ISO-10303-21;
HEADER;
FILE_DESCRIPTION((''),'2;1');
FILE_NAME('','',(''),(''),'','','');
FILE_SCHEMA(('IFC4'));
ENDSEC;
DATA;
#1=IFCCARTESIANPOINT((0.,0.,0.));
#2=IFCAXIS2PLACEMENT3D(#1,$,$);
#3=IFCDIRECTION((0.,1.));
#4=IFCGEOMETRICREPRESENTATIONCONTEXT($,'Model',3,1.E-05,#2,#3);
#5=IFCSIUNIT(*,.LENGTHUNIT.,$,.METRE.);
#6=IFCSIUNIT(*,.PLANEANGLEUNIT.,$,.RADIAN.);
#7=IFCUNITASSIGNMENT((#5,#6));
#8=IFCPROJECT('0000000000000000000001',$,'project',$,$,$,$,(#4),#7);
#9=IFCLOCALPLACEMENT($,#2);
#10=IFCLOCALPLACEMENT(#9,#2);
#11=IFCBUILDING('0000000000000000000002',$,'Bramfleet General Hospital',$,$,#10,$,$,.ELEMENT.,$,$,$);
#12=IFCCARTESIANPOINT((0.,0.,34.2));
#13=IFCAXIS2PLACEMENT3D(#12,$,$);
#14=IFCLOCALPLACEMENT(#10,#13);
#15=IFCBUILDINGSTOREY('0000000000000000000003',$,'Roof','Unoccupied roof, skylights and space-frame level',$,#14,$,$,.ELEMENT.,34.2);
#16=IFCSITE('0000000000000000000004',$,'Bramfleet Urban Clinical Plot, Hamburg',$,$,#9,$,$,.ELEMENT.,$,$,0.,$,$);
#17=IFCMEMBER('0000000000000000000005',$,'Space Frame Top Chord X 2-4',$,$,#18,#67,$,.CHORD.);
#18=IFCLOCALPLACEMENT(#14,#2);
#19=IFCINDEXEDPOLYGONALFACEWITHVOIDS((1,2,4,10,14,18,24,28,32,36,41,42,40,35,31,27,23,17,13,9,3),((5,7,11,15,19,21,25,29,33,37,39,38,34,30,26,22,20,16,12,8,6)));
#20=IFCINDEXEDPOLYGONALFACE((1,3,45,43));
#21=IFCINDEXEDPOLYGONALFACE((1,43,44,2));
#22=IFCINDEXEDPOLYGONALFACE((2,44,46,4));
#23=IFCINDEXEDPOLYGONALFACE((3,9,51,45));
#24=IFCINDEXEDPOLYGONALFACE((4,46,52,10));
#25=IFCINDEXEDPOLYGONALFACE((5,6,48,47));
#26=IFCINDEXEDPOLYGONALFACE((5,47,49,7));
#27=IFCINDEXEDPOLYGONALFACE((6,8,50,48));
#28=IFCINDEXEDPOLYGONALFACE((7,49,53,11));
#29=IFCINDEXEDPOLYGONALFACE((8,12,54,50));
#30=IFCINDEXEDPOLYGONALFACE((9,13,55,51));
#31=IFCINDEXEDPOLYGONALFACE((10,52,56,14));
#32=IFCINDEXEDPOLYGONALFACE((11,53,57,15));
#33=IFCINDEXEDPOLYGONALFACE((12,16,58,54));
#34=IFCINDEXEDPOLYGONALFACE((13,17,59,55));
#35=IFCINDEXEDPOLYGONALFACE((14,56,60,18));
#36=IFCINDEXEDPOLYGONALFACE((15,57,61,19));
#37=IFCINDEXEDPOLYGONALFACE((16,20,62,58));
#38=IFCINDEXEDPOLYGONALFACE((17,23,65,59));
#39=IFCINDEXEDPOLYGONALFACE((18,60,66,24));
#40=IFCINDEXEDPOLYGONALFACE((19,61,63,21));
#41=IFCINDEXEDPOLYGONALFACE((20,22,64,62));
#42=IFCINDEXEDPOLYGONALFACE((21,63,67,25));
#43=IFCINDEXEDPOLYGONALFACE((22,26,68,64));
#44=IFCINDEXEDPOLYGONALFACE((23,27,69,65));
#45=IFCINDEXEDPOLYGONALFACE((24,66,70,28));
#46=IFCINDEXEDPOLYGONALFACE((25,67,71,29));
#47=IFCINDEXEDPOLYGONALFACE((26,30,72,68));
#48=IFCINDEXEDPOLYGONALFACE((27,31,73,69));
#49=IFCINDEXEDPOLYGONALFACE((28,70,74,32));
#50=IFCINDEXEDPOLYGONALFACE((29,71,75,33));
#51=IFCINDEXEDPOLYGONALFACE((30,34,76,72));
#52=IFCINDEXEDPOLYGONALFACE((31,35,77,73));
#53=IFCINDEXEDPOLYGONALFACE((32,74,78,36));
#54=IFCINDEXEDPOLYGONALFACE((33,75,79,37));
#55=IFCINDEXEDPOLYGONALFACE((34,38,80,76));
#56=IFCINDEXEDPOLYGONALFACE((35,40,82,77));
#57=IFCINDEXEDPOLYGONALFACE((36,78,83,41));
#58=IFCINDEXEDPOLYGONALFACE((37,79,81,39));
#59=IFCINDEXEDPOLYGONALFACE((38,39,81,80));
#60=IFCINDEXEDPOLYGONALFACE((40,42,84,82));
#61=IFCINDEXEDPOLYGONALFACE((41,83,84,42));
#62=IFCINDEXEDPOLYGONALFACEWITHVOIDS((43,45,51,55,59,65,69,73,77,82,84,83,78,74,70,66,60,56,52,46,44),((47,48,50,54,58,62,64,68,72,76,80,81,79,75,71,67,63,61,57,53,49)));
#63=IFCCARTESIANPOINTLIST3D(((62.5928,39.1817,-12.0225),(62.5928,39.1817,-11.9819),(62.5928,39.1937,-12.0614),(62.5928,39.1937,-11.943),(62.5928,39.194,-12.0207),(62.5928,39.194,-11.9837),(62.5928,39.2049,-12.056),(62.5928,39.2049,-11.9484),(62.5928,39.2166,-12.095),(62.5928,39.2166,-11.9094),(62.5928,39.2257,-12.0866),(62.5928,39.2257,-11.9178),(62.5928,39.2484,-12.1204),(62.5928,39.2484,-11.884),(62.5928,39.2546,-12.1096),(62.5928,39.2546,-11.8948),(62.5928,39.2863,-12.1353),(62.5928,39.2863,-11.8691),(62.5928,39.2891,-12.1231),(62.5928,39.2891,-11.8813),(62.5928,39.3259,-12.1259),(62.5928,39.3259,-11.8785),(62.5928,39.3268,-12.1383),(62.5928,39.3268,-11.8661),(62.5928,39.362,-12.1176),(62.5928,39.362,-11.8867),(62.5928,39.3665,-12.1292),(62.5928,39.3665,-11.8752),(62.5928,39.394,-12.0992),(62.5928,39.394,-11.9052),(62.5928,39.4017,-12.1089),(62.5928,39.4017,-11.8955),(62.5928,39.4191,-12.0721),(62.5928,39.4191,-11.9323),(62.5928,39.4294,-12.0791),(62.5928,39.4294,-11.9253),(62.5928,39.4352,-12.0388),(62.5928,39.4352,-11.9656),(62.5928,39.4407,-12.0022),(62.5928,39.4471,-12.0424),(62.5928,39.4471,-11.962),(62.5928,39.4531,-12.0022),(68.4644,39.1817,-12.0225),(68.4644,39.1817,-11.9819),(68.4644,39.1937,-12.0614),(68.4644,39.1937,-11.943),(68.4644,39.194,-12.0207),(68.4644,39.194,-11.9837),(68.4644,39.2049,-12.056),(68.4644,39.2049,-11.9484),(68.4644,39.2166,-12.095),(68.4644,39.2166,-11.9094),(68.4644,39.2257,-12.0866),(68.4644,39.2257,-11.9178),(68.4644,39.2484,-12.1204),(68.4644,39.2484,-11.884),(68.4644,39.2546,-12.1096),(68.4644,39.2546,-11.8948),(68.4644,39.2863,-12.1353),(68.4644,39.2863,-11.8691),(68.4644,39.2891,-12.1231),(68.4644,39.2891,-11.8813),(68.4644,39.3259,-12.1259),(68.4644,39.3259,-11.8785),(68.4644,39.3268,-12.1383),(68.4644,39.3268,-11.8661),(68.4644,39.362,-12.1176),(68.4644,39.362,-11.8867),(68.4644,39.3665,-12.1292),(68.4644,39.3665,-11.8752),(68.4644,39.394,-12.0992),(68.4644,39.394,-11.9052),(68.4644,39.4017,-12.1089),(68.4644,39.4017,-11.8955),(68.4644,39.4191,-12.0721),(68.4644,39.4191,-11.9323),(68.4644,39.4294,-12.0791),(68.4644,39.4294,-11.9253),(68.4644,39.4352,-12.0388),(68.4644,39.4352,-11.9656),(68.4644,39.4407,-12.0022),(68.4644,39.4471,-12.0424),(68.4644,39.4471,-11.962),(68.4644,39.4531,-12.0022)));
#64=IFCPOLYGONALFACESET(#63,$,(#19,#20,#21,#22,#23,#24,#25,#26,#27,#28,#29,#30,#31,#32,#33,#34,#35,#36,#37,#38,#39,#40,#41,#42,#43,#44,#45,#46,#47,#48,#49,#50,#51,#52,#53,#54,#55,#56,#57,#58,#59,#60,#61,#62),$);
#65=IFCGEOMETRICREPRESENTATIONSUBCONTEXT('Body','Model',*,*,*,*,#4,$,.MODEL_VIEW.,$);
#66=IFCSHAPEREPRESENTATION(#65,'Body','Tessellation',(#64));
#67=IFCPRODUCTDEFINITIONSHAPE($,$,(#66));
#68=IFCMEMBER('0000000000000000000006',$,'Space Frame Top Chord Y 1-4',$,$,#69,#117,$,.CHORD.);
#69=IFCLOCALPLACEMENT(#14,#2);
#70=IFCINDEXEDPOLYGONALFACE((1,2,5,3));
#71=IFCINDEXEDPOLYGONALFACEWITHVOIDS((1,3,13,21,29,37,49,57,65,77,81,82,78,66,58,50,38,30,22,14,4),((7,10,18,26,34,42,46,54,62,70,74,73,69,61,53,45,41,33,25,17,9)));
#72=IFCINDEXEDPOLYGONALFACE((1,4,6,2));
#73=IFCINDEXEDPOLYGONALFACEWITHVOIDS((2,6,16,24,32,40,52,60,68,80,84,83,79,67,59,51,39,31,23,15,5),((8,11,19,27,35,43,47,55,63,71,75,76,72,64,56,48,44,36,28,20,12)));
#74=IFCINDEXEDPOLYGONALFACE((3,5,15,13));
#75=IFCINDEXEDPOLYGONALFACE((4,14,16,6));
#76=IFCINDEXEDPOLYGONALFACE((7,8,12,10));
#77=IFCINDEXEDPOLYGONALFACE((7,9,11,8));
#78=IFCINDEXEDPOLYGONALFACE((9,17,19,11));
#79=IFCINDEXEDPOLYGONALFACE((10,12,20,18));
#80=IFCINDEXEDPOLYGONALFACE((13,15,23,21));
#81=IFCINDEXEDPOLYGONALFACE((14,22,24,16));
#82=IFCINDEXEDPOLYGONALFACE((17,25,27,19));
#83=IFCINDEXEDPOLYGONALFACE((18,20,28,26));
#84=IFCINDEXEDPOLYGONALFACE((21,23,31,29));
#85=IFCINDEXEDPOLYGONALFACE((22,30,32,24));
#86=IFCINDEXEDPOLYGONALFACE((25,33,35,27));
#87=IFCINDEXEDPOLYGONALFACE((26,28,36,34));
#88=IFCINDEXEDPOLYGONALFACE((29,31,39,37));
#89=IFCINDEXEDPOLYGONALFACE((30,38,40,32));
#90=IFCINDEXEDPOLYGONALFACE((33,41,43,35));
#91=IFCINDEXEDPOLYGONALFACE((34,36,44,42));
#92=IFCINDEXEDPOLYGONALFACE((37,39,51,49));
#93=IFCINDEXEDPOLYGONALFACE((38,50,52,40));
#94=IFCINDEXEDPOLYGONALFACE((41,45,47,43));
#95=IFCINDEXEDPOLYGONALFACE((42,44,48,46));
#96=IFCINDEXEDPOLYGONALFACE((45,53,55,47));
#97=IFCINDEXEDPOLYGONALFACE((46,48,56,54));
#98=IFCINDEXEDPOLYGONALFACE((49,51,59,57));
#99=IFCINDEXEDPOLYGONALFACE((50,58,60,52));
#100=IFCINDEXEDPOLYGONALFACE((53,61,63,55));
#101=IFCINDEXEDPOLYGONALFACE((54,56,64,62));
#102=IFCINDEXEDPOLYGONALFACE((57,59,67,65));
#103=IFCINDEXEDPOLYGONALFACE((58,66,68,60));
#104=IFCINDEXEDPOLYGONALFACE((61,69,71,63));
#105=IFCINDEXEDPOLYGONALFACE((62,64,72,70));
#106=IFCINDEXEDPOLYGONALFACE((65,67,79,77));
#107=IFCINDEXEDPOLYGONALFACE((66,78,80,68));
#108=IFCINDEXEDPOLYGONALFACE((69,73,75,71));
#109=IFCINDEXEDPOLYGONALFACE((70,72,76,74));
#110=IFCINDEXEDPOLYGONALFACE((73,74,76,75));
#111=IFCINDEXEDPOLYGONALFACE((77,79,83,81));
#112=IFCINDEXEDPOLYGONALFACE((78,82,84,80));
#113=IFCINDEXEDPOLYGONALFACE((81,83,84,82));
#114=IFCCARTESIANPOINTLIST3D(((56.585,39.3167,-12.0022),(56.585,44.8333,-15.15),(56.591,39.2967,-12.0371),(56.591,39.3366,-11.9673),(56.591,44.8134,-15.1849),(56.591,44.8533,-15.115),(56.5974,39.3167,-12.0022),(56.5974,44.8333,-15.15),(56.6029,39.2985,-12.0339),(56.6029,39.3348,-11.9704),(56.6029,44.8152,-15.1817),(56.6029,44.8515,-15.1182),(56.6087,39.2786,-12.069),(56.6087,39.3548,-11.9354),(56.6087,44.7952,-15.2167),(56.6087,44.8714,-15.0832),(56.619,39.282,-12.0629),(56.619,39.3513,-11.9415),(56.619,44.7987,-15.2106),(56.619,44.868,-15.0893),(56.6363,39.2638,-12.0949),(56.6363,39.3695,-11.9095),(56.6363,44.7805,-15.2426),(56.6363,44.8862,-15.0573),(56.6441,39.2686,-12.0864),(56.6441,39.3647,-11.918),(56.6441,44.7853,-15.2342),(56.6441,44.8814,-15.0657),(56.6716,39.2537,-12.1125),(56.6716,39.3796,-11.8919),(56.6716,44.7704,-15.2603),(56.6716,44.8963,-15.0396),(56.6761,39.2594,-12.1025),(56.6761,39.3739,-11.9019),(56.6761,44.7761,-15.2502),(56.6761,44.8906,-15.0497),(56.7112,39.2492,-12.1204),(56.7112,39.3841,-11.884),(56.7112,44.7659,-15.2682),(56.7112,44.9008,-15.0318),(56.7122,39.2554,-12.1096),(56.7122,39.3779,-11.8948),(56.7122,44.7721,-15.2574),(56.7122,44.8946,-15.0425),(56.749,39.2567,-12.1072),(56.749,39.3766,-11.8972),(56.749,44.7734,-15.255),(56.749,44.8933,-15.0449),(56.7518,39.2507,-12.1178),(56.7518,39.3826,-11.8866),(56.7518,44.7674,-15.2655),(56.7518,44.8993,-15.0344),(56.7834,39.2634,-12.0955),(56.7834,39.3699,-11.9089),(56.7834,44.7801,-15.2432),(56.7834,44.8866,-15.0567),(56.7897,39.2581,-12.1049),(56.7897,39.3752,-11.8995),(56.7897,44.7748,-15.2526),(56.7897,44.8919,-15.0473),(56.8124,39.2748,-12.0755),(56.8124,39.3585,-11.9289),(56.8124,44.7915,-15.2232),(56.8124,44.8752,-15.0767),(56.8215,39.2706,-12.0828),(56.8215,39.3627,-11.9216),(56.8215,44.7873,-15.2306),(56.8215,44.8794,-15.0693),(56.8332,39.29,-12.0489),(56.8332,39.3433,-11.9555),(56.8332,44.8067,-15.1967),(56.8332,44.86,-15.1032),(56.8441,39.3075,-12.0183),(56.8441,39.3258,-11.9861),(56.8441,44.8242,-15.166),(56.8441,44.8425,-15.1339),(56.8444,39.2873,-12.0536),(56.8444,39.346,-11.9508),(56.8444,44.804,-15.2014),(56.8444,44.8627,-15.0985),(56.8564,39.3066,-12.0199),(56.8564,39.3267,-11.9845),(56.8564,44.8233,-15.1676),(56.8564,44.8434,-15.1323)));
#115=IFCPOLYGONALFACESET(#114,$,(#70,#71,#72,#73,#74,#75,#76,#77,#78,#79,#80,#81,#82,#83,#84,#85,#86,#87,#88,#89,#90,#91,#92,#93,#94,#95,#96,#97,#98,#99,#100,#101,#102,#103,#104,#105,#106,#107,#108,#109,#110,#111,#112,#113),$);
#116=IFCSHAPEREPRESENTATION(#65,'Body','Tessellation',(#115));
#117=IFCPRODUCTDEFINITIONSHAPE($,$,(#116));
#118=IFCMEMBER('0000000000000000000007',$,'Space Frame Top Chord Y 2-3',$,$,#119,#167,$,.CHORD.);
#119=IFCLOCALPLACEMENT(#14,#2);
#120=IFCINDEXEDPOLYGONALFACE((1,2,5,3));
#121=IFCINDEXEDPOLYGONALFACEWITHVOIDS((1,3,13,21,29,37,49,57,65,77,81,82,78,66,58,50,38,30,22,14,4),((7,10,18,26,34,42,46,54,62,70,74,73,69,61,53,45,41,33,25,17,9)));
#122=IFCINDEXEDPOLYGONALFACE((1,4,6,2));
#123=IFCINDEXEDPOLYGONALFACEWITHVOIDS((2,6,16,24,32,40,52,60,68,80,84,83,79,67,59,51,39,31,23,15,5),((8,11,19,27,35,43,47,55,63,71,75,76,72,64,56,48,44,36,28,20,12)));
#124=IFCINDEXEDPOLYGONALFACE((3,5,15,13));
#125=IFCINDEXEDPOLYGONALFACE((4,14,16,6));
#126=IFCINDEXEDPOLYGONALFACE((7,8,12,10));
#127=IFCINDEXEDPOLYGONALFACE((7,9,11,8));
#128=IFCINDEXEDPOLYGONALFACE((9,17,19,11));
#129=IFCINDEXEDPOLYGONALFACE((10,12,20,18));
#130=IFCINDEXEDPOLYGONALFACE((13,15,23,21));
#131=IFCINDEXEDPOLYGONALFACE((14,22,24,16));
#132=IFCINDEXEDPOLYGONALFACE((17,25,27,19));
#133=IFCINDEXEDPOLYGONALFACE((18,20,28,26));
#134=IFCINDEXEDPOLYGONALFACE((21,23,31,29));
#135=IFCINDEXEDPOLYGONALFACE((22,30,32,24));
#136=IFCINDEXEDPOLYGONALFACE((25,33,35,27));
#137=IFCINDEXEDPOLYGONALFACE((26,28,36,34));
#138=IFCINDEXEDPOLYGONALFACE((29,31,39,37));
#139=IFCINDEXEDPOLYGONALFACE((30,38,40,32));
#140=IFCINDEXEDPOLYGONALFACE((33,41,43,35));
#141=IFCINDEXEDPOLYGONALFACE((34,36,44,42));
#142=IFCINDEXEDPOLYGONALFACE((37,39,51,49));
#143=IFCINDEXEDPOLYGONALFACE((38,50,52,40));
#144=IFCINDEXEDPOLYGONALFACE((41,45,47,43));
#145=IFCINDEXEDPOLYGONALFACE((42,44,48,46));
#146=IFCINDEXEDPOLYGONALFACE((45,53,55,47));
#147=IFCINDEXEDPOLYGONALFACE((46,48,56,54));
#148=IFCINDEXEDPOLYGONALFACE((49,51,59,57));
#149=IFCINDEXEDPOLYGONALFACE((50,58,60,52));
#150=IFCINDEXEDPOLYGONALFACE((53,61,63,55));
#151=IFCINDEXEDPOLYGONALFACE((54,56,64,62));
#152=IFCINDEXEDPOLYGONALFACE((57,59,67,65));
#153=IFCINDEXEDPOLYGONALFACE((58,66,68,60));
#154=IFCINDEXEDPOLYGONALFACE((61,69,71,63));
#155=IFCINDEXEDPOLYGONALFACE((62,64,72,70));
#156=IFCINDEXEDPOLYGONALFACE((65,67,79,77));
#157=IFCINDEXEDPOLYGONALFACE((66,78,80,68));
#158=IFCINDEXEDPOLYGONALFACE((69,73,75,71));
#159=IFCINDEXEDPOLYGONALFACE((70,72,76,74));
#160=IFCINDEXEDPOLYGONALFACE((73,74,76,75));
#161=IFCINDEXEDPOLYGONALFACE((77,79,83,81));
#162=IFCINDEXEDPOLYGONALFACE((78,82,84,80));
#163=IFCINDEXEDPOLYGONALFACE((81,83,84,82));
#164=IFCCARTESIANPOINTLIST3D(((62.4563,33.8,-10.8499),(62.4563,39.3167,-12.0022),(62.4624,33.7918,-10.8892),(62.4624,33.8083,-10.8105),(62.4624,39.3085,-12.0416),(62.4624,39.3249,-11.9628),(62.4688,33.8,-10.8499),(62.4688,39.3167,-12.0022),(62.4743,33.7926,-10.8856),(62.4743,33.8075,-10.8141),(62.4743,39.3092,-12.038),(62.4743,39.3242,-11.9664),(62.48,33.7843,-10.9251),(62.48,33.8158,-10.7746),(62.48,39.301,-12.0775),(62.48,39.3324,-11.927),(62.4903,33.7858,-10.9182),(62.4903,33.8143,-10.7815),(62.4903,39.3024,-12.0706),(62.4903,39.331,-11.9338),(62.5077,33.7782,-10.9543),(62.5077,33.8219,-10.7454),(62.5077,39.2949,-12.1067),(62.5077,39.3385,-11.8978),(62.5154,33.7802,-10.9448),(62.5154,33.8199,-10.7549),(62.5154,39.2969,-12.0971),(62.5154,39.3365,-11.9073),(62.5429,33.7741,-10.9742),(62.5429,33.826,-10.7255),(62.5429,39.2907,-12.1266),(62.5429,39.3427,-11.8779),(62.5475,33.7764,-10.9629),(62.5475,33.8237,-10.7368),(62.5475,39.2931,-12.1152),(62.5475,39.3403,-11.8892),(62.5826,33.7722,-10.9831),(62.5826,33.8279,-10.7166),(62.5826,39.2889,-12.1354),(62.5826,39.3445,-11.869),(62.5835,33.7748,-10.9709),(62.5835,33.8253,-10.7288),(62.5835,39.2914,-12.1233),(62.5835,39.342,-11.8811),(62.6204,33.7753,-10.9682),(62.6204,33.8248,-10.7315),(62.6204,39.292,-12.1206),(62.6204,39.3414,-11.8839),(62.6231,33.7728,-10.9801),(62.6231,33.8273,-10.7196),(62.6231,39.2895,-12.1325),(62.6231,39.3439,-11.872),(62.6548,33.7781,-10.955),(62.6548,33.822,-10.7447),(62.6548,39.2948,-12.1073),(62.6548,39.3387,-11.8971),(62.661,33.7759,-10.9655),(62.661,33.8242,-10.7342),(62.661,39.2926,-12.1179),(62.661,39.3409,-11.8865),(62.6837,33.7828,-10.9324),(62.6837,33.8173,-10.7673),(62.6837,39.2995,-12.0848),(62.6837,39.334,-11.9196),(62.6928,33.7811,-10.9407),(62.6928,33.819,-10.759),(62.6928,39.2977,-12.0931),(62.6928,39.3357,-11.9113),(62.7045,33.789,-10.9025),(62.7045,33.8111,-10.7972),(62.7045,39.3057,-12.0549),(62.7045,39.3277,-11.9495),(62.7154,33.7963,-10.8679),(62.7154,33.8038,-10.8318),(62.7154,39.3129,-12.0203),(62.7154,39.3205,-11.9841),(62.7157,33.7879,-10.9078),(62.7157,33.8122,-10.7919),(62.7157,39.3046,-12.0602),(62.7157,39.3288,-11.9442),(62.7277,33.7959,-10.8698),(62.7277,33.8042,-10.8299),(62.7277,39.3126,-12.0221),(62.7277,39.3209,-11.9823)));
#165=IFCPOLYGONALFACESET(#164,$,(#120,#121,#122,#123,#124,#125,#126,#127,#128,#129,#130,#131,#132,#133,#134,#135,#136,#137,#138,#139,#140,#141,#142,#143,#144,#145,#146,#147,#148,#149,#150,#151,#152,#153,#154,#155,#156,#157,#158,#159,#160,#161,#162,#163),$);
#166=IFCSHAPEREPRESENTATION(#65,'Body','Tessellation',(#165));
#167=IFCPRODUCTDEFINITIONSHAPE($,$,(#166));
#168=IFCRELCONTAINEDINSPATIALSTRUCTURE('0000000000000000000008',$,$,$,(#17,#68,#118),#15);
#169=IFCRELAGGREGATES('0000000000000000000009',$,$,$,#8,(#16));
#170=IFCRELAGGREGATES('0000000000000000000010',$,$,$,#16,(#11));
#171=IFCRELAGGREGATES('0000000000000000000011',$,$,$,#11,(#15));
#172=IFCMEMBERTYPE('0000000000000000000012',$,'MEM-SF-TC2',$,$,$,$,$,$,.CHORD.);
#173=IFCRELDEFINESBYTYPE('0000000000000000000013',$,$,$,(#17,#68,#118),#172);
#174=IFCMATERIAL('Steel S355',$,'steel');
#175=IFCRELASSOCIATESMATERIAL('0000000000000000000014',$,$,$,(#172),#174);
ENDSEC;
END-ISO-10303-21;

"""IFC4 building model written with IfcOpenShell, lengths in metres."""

from ifc_helpers import new_model, si_unit, direction, frame, origin, origin_2d, place, context, subcontext, project, spatial, hollow_circle, extrude, material, material_profile, profile_set, type_object, element, save


model = new_model("IFC4")

# Units and contexts
model_context = context("Model", 3, precision=1e-05, world=origin(), true_north=direction((0.0, 1.0)))
body_context = subcontext(model_context, "Body", "Model", "MODEL_VIEW")
ifc_project = project(units=[si_unit("LENGTHUNIT", "METRE"), si_unit("PLANEANGLEUNIT", "RADIAN")], contexts=[model_context])

# Site, building, storey
site_placement = place(None, origin())
site = spatial("IfcSite", under=ifc_project, at=site_placement, Name="Bramfleet Urban Clinical Plot, Hamburg", CompositionType="ELEMENT", RefElevation=0.0)
building_placement = place(site_placement, origin())
building = spatial("IfcBuilding", under=site, at=building_placement, Name="Bramfleet General Hospital", CompositionType="ELEMENT")
storey_placement = place(building_placement, frame((0.0, 0.0, 34.2)))
storey = spatial("IfcBuildingStorey", under=building, at=storey_placement, Name="Roof", Description="Unoccupied roof, skylights and space-frame level", CompositionType="ELEMENT", Elevation=34.2)

# Members
ifc_material = material(Name="Steel S355", Category="steel")
ifc_material_profile_1 = material_profile(ifc_material, hollow_circle(Radius=0.1365, WallThickness=0.0125, at=origin_2d()), Name="CHS 273.0x12.5")
ifc_profile_set_1 = profile_set([ifc_material_profile_1], Name="Steel S355")
member_type_1 = type_object("IfcMemberType", Name="MEM-SF-TC2", PredefinedType="CHORD", material=ifc_profile_set_1)
member_1_placement = place(storey_placement, frame((62.5928, 39.3167, -12.0022), z_axis=(1.0, 0.0, 0.0), x_axis=(0.0, 1.0, 0.0)))
element("IfcMember", 1, at=member_1_placement, inside=storey, type_object=member_type_1, Name="Space Frame Top Chord X 2-4", PredefinedType="CHORD", context=body_context, shape_type="SweptSolid", body=[
    extrude(hollow_circle(Radius=0.1365, WallThickness=0.0125, at=origin_2d()), origin(), (0.0, 0.0, 1.0), 5.8716),
])
member_2_placement = place(storey_placement, frame((56.7214, 39.3167, -12.0022), z_axis=(0.0, 0.868558, -0.495588), x_axis=(-1.0, 0.0, 0.0)))
element("IfcMember", 2, at=member_2_placement, inside=storey, type_object=member_type_1, Name="Space Frame Top Chord Y 1-4", PredefinedType="CHORD", context=body_context, shape_type="SweptSolid", body=[
    extrude(hollow_circle(Radius=0.1365, WallThickness=0.0125, at=origin_2d()), origin(), (0.0, 0.0, 1.0), 6.3516),
])
member_3_placement = place(storey_placement, frame((62.5928, 33.8, -10.8499), z_axis=(0.0, 0.978872, -0.204473), x_axis=(-1.0, 0.0, 0.0)))
element("IfcMember", 3, at=member_3_placement, inside=storey, type_object=member_type_1, Name="Space Frame Top Chord Y 2-3", PredefinedType="CHORD", context=body_context, shape_type="SweptSolid", body=[
    extrude(hollow_circle(Radius=0.1365, WallThickness=0.0125, at=origin_2d()), origin(), (0.0, 0.0, 1.0), 5.6357),
])

save(model, "model.ifc")
